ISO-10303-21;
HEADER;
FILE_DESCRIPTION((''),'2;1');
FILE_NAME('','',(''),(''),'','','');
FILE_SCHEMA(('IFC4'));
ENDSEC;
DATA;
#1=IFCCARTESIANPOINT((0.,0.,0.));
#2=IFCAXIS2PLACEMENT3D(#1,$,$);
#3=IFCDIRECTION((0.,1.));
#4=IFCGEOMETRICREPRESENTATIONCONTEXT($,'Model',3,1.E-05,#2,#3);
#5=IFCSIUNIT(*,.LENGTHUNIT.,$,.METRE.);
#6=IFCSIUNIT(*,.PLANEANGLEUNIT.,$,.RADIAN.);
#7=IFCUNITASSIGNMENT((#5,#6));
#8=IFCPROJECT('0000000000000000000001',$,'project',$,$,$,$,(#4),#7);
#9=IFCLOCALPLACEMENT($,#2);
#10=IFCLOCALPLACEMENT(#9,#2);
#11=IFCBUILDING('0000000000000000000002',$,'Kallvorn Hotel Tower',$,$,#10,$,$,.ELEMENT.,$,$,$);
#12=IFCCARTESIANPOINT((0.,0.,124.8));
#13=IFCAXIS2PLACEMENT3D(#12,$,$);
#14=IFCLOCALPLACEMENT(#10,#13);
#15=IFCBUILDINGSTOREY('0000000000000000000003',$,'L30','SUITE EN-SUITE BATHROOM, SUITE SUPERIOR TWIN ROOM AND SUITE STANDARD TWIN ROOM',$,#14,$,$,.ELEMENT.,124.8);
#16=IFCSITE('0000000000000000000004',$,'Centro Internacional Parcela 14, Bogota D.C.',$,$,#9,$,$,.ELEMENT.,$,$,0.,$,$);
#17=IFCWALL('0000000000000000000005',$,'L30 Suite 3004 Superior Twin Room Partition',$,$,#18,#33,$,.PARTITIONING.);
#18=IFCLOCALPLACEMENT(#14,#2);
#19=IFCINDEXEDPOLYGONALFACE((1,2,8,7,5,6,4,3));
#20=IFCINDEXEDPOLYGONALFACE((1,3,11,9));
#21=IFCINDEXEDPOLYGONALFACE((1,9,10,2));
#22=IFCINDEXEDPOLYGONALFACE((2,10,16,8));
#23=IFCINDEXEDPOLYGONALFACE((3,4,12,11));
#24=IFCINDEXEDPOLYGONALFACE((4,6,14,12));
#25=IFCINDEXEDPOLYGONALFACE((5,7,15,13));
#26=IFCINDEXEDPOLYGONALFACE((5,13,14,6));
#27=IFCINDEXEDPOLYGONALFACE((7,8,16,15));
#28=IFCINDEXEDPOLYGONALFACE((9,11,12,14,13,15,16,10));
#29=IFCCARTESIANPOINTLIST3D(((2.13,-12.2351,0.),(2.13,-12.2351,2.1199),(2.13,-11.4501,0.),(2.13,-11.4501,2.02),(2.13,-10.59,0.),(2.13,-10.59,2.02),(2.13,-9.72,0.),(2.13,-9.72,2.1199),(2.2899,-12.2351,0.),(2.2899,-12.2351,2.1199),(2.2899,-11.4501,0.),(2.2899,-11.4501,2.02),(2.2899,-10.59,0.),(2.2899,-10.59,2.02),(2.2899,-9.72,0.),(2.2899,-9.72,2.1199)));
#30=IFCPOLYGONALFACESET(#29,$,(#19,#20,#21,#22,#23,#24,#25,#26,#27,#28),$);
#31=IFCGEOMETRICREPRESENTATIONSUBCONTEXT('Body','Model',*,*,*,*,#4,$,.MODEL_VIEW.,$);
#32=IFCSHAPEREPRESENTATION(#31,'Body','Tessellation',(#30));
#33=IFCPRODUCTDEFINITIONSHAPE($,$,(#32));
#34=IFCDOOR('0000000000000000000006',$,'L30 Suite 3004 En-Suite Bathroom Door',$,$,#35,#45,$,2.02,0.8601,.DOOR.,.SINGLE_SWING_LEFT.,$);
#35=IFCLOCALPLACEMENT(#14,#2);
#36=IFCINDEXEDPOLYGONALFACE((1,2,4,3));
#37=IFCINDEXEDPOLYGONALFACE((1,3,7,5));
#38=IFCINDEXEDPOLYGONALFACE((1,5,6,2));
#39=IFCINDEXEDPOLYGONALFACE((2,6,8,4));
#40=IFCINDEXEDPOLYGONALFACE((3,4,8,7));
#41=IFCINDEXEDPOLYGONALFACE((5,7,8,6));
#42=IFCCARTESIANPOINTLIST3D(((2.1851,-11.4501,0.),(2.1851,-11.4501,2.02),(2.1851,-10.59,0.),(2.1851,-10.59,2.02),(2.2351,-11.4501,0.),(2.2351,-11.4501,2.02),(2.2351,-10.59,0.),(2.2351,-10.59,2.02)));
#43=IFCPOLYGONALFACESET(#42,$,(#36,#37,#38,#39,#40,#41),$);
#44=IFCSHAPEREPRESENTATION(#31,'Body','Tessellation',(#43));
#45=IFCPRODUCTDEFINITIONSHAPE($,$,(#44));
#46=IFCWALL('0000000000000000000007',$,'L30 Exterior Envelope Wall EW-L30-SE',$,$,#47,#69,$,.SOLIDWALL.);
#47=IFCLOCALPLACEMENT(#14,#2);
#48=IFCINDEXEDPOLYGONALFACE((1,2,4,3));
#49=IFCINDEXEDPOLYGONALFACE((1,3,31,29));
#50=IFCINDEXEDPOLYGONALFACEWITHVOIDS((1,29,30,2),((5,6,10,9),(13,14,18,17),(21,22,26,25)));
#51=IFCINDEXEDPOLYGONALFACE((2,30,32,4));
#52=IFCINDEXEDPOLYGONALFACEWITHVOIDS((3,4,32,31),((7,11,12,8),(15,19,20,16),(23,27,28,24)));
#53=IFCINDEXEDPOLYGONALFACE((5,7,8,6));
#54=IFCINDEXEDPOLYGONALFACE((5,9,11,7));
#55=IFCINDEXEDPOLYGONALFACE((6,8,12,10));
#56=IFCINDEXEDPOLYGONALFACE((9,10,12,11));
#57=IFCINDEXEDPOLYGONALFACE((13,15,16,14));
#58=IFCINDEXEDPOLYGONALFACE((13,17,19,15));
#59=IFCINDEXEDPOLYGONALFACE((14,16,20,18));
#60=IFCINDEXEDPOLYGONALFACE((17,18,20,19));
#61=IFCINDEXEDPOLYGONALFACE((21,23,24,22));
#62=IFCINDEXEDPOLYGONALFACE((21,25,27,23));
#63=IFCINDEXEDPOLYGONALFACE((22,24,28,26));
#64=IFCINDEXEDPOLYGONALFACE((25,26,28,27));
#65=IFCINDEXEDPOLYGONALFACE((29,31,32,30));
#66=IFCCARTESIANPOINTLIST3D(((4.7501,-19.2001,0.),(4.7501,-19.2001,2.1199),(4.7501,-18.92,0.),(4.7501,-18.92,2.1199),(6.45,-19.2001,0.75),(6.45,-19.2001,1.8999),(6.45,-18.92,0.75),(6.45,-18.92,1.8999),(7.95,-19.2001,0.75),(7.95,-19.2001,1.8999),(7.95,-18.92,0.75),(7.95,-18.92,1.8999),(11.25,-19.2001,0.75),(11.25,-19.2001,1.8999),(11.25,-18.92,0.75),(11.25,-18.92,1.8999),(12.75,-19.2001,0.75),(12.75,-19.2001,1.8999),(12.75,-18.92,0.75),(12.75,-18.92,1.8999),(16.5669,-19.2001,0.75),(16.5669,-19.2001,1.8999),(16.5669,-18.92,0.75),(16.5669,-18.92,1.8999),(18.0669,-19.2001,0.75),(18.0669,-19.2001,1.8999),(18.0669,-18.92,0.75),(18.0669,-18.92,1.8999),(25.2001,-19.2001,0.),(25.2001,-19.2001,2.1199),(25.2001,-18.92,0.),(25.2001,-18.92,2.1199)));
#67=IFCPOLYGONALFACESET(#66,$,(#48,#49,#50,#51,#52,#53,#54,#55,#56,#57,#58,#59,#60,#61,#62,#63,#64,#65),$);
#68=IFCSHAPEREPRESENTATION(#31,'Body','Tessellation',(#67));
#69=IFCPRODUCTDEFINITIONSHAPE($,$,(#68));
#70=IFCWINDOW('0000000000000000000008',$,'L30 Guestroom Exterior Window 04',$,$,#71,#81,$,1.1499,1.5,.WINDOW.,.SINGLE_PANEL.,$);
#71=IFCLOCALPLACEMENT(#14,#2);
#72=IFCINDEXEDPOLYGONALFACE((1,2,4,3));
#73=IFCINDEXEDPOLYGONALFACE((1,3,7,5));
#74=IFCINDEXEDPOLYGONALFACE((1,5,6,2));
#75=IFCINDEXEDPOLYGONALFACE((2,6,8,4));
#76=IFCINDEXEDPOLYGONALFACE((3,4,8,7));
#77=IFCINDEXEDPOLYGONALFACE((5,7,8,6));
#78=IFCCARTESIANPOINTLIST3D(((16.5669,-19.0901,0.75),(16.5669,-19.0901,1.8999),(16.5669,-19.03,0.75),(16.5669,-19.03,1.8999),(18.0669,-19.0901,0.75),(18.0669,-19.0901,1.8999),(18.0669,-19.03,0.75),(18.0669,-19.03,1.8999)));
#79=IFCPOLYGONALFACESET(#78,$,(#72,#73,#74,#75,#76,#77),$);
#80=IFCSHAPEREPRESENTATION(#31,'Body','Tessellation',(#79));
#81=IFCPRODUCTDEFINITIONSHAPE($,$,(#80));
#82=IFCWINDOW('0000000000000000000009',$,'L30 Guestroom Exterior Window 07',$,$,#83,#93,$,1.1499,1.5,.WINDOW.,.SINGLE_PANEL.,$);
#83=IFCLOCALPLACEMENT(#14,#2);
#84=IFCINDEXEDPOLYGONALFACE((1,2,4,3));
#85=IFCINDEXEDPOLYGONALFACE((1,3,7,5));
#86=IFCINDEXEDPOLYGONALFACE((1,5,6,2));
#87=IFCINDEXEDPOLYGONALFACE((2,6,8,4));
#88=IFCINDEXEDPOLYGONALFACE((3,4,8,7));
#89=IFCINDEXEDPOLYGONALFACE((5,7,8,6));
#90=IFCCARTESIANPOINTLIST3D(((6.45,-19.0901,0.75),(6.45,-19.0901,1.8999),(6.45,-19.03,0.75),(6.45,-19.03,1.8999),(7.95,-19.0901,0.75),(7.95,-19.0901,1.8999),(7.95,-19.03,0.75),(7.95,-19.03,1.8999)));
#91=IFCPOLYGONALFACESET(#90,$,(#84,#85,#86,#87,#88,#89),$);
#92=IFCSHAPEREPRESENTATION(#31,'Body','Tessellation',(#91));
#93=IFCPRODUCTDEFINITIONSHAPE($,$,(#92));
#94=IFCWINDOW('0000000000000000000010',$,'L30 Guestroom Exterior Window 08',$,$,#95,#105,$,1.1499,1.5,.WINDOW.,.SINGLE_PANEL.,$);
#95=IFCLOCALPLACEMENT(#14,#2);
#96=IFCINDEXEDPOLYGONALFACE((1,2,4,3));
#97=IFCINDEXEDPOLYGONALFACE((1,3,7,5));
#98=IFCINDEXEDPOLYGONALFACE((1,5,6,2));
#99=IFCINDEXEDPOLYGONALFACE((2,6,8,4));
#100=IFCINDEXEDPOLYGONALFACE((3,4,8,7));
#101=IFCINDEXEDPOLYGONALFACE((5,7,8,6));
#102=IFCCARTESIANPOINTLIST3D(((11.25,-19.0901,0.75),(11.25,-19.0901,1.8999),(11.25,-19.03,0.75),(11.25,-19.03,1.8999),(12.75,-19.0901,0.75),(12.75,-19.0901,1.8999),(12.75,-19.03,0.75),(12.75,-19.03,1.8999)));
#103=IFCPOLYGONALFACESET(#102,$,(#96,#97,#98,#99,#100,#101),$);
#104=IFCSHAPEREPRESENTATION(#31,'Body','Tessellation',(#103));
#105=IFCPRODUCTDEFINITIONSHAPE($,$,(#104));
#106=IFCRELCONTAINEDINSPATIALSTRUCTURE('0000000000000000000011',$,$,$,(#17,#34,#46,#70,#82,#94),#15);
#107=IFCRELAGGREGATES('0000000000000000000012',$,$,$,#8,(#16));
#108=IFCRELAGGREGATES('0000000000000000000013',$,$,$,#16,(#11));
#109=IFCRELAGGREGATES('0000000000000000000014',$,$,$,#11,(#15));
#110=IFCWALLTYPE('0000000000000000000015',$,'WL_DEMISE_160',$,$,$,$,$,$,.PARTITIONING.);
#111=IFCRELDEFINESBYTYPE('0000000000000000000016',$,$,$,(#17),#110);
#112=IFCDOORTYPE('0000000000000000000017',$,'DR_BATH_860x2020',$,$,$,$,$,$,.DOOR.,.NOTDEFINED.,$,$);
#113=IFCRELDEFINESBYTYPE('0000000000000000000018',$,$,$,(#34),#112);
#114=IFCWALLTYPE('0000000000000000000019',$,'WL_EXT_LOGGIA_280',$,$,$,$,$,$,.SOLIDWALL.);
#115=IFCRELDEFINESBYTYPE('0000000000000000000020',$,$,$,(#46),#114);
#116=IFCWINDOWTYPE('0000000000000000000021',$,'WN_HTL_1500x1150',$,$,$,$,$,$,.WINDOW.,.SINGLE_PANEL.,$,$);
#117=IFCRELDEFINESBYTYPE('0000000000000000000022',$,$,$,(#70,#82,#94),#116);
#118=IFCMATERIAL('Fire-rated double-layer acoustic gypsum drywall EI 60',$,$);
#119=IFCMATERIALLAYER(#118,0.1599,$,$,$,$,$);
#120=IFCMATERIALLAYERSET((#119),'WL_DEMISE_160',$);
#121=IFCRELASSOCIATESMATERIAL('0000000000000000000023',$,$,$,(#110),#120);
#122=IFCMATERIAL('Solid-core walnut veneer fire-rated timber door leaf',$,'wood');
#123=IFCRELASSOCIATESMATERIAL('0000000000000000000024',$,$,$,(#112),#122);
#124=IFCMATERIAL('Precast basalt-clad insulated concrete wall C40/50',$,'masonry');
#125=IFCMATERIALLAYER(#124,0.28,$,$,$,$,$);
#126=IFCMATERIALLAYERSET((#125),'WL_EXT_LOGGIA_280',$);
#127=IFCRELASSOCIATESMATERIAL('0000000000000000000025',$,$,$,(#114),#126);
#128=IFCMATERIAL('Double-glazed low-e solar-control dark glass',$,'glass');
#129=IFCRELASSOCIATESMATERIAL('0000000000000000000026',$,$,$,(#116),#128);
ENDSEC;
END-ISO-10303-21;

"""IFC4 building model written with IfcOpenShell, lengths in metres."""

from ifc_helpers import new_model, si_unit, direction, frame, frame_2d, origin, place, context, subcontext, project, spatial, rectangle, extrude, material, layer, layer_set, type_object, element, fill, save


model = new_model("IFC4")

# Units and contexts
model_context = context("Model", 3, precision=1e-05, world=origin(), true_north=direction((0.0, 1.0)))
body_context = subcontext(model_context, "Body", "Model", "MODEL_VIEW")
ifc_project = project(units=[si_unit("LENGTHUNIT", "METRE"), si_unit("PLANEANGLEUNIT", "RADIAN")], contexts=[model_context])

# Site, building, storey
site_placement = place(None, origin())
site = spatial("IfcSite", under=ifc_project, at=site_placement, Name="Centro Internacional Parcela 14, Bogota D.C.", CompositionType="ELEMENT", RefElevation=0.0)
building_placement = place(site_placement, origin())
building = spatial("IfcBuilding", under=site, at=building_placement, Name="Kallvorn Hotel Tower", CompositionType="ELEMENT")
storey_placement = place(building_placement, frame((0.0, 0.0, 124.8)))
storey = spatial("IfcBuildingStorey", under=building, at=storey_placement, Name="L30", Description="SUITE EN-SUITE BATHROOM, SUITE SUPERIOR TWIN ROOM AND SUITE STANDARD TWIN ROOM", CompositionType="ELEMENT", Elevation=124.8)

# Shared definitions
ifc_material_1 = material(Name="Fire-rated double-layer acoustic gypsum drywall EI 60")
ifc_layer_1 = layer(ifc_material_1, 0.1599)
ifc_layer_set_1 = layer_set([ifc_layer_1], Name="WL_DEMISE_160")
wall_type_1 = type_object("IfcWallType", Name="WL_DEMISE_160", PredefinedType="PARTITIONING", material=ifc_layer_set_1)

# Shared definitions
ifc_material_2 = material(Name="Solid-core walnut veneer fire-rated timber door leaf", Category="wood")
door_type = type_object("IfcDoorType", Name="DR_BATH_860x2020", OperationType="NOTDEFINED", PredefinedType="DOOR", material=ifc_material_2)

# Wall, opening, door
wall_1_placement = place(storey_placement, frame((2.21, -12.2351, 0.0), z_axis=(0.0, 0.0, 1.0), x_axis=(0.0, 1.0, 0.0)))
wall_1 = element("IfcWall", 1, at=wall_1_placement, inside=storey, type_object=wall_type_1, Name="L30 Suite 3004 Superior Twin Room Partition", PredefinedType="PARTITIONING", context=body_context, shape_type="SweptSolid", body=[
    extrude(rectangle(XDim=2.5151, YDim=0.1599, at=frame_2d((1.2576, 0.0))), origin(), (0.0, 0.0, 1.0), 2.1199),
])
opening_1_placement = place(wall_1_placement, frame((0.7849, 0.0, 0.0)))
opening_1 = element("IfcOpeningElement", 2, at=opening_1_placement, cuts=wall_1, PredefinedType="OPENING", context=body_context, shape_type="SweptSolid", body=[
    extrude(rectangle(XDim=0.8601, YDim=2.02, at=frame_2d((0.4302, 1.01))), frame((0.0, 0.095, 0.0), z_axis=(0.0, -1.0, 0.0), x_axis=(1.0, 0.0, 0.0)), (0.0, 0.0, 1.0), 0.1899),
])
door_1_placement = place(opening_1_placement, origin())
door_1 = element("IfcDoor", 3, at=door_1_placement, inside=storey, type_object=door_type, Name="L30 Suite 3004 En-Suite Bathroom Door", OperationType="SINGLE_SWING_LEFT", OverallHeight=2.02, OverallWidth=0.8601, PredefinedType="DOOR", context=body_context, shape_type="SweptSolid", body=[
    extrude(rectangle(XDim=0.8601, YDim=2.02, at=frame_2d((0.4302, 1.01))), frame((0.0, 0.0249, 0.0), z_axis=(0.0, -1.0, 0.0), x_axis=(1.0, 0.0, 0.0)), (0.0, 0.0, 1.0), 0.05),
])
fill(opening_1, door_1)

# Wall, openings, windows
ifc_material_3 = material(Name="Precast basalt-clad insulated concrete wall C40/50", Category="masonry")
ifc_layer_2 = layer(ifc_material_3, 0.28)
ifc_layer_set_2 = layer_set([ifc_layer_2], Name="WL_EXT_LOGGIA_280")
wall_type_2 = type_object("IfcWallType", Name="WL_EXT_LOGGIA_280", PredefinedType="SOLIDWALL", material=ifc_layer_set_2)
wall_2_placement = place(storey_placement, frame((4.75, -19.0601, 0.0), z_axis=(0.0, 0.0, 1.0), x_axis=(1.0, 0.0, 0.0)))
wall_2 = element("IfcWall", 4, at=wall_2_placement, inside=storey, type_object=wall_type_2, Name="L30 Exterior Envelope Wall EW-L30-SE", PredefinedType="SOLIDWALL", context=body_context, shape_type="SweptSolid", body=[
    extrude(rectangle(XDim=20.45, YDim=0.28, at=frame_2d((10.2251, 0.0))), origin(), (0.0, 0.0, 1.0), 2.1199),
])
opening_2_placement = place(wall_2_placement, frame((11.8169, 0.0, 0.75)))
opening_2 = element("IfcOpeningElement", 5, at=opening_2_placement, cuts=wall_2, PredefinedType="OPENING", context=body_context, shape_type="SweptSolid", body=[
    extrude(rectangle(XDim=1.5, YDim=1.1499, at=frame_2d((0.75, 0.575))), frame((0.0, 0.155, 0.0), z_axis=(0.0, -1.0, 0.0), x_axis=(1.0, 0.0, 0.0)), (0.0, 0.0, 1.0), 0.3101),
])
opening_3_placement = place(wall_2_placement, frame((1.7, 0.0, 0.75)))
opening_3 = element("IfcOpeningElement", 6, at=opening_3_placement, cuts=wall_2, PredefinedType="OPENING", context=body_context, shape_type="SweptSolid", body=[
    extrude(rectangle(XDim=1.5, YDim=1.1499, at=frame_2d((0.75, 0.575))), frame((0.0, 0.155, 0.0), z_axis=(0.0, -1.0, 0.0), x_axis=(1.0, 0.0, 0.0)), (0.0, 0.0, 1.0), 0.3101),
])
opening_4_placement = place(wall_2_placement, frame((6.5, 0.0, 0.75)))
opening_4 = element("IfcOpeningElement", 7, at=opening_4_placement, cuts=wall_2, PredefinedType="OPENING", context=body_context, shape_type="SweptSolid", body=[
    extrude(rectangle(XDim=1.5, YDim=1.1499, at=frame_2d((0.75, 0.575))), frame((0.0, 0.155, 0.0), z_axis=(0.0, -1.0, 0.0), x_axis=(1.0, 0.0, 0.0)), (0.0, 0.0, 1.0), 0.3101),
])
ifc_material_4 = material(Name="Double-glazed low-e solar-control dark glass", Category="glass")
window_type = type_object("IfcWindowType", Name="WN_HTL_1500x1150", PartitioningType="SINGLE_PANEL", PredefinedType="WINDOW", material=ifc_material_4)
window_1_placement = place(opening_2_placement, origin())
window_1 = element("IfcWindow", 8, at=window_1_placement, inside=storey, type_object=window_type, Name="L30 Guestroom Exterior Window 04", OverallHeight=1.1499, OverallWidth=1.5, PartitioningType="SINGLE_PANEL", PredefinedType="WINDOW", context=body_context, shape_type="SweptSolid", body=[
    extrude(rectangle(XDim=1.5, YDim=1.1499, at=frame_2d((0.75, 0.575))), frame((0.0, 0.03, 0.0), z_axis=(0.0, -1.0, 0.0), x_axis=(1.0, 0.0, 0.0)), (0.0, 0.0, 1.0), 0.0601),
])
fill(opening_2, window_1)
window_2_placement = place(opening_3_placement, origin())
window_2 = element("IfcWindow", 9, at=window_2_placement, inside=storey, type_object=window_type, Name="L30 Guestroom Exterior Window 07", OverallHeight=1.1499, OverallWidth=1.5, PartitioningType="SINGLE_PANEL", PredefinedType="WINDOW", context=body_context, shape_type="SweptSolid", body=[
    extrude(rectangle(XDim=1.5, YDim=1.1499, at=frame_2d((0.75, 0.575))), frame((0.0, 0.03, 0.0), z_axis=(0.0, -1.0, 0.0), x_axis=(1.0, 0.0, 0.0)), (0.0, 0.0, 1.0), 0.0601),
])
fill(opening_3, window_2)
window_3_placement = place(opening_4_placement, origin())
window_3 = element("IfcWindow", 10, at=window_3_placement, inside=storey, type_object=window_type, Name="L30 Guestroom Exterior Window 08", OverallHeight=1.1499, OverallWidth=1.5, PartitioningType="SINGLE_PANEL", PredefinedType="WINDOW", context=body_context, shape_type="SweptSolid", body=[
    extrude(rectangle(XDim=1.5, YDim=1.1499, at=frame_2d((0.75, 0.575))), frame((0.0, 0.03, 0.0), z_axis=(0.0, -1.0, 0.0), x_axis=(1.0, 0.0, 0.0)), (0.0, 0.0, 1.0), 0.0601),
])
fill(opening_4, window_3)

save(model, "model.ifc")
